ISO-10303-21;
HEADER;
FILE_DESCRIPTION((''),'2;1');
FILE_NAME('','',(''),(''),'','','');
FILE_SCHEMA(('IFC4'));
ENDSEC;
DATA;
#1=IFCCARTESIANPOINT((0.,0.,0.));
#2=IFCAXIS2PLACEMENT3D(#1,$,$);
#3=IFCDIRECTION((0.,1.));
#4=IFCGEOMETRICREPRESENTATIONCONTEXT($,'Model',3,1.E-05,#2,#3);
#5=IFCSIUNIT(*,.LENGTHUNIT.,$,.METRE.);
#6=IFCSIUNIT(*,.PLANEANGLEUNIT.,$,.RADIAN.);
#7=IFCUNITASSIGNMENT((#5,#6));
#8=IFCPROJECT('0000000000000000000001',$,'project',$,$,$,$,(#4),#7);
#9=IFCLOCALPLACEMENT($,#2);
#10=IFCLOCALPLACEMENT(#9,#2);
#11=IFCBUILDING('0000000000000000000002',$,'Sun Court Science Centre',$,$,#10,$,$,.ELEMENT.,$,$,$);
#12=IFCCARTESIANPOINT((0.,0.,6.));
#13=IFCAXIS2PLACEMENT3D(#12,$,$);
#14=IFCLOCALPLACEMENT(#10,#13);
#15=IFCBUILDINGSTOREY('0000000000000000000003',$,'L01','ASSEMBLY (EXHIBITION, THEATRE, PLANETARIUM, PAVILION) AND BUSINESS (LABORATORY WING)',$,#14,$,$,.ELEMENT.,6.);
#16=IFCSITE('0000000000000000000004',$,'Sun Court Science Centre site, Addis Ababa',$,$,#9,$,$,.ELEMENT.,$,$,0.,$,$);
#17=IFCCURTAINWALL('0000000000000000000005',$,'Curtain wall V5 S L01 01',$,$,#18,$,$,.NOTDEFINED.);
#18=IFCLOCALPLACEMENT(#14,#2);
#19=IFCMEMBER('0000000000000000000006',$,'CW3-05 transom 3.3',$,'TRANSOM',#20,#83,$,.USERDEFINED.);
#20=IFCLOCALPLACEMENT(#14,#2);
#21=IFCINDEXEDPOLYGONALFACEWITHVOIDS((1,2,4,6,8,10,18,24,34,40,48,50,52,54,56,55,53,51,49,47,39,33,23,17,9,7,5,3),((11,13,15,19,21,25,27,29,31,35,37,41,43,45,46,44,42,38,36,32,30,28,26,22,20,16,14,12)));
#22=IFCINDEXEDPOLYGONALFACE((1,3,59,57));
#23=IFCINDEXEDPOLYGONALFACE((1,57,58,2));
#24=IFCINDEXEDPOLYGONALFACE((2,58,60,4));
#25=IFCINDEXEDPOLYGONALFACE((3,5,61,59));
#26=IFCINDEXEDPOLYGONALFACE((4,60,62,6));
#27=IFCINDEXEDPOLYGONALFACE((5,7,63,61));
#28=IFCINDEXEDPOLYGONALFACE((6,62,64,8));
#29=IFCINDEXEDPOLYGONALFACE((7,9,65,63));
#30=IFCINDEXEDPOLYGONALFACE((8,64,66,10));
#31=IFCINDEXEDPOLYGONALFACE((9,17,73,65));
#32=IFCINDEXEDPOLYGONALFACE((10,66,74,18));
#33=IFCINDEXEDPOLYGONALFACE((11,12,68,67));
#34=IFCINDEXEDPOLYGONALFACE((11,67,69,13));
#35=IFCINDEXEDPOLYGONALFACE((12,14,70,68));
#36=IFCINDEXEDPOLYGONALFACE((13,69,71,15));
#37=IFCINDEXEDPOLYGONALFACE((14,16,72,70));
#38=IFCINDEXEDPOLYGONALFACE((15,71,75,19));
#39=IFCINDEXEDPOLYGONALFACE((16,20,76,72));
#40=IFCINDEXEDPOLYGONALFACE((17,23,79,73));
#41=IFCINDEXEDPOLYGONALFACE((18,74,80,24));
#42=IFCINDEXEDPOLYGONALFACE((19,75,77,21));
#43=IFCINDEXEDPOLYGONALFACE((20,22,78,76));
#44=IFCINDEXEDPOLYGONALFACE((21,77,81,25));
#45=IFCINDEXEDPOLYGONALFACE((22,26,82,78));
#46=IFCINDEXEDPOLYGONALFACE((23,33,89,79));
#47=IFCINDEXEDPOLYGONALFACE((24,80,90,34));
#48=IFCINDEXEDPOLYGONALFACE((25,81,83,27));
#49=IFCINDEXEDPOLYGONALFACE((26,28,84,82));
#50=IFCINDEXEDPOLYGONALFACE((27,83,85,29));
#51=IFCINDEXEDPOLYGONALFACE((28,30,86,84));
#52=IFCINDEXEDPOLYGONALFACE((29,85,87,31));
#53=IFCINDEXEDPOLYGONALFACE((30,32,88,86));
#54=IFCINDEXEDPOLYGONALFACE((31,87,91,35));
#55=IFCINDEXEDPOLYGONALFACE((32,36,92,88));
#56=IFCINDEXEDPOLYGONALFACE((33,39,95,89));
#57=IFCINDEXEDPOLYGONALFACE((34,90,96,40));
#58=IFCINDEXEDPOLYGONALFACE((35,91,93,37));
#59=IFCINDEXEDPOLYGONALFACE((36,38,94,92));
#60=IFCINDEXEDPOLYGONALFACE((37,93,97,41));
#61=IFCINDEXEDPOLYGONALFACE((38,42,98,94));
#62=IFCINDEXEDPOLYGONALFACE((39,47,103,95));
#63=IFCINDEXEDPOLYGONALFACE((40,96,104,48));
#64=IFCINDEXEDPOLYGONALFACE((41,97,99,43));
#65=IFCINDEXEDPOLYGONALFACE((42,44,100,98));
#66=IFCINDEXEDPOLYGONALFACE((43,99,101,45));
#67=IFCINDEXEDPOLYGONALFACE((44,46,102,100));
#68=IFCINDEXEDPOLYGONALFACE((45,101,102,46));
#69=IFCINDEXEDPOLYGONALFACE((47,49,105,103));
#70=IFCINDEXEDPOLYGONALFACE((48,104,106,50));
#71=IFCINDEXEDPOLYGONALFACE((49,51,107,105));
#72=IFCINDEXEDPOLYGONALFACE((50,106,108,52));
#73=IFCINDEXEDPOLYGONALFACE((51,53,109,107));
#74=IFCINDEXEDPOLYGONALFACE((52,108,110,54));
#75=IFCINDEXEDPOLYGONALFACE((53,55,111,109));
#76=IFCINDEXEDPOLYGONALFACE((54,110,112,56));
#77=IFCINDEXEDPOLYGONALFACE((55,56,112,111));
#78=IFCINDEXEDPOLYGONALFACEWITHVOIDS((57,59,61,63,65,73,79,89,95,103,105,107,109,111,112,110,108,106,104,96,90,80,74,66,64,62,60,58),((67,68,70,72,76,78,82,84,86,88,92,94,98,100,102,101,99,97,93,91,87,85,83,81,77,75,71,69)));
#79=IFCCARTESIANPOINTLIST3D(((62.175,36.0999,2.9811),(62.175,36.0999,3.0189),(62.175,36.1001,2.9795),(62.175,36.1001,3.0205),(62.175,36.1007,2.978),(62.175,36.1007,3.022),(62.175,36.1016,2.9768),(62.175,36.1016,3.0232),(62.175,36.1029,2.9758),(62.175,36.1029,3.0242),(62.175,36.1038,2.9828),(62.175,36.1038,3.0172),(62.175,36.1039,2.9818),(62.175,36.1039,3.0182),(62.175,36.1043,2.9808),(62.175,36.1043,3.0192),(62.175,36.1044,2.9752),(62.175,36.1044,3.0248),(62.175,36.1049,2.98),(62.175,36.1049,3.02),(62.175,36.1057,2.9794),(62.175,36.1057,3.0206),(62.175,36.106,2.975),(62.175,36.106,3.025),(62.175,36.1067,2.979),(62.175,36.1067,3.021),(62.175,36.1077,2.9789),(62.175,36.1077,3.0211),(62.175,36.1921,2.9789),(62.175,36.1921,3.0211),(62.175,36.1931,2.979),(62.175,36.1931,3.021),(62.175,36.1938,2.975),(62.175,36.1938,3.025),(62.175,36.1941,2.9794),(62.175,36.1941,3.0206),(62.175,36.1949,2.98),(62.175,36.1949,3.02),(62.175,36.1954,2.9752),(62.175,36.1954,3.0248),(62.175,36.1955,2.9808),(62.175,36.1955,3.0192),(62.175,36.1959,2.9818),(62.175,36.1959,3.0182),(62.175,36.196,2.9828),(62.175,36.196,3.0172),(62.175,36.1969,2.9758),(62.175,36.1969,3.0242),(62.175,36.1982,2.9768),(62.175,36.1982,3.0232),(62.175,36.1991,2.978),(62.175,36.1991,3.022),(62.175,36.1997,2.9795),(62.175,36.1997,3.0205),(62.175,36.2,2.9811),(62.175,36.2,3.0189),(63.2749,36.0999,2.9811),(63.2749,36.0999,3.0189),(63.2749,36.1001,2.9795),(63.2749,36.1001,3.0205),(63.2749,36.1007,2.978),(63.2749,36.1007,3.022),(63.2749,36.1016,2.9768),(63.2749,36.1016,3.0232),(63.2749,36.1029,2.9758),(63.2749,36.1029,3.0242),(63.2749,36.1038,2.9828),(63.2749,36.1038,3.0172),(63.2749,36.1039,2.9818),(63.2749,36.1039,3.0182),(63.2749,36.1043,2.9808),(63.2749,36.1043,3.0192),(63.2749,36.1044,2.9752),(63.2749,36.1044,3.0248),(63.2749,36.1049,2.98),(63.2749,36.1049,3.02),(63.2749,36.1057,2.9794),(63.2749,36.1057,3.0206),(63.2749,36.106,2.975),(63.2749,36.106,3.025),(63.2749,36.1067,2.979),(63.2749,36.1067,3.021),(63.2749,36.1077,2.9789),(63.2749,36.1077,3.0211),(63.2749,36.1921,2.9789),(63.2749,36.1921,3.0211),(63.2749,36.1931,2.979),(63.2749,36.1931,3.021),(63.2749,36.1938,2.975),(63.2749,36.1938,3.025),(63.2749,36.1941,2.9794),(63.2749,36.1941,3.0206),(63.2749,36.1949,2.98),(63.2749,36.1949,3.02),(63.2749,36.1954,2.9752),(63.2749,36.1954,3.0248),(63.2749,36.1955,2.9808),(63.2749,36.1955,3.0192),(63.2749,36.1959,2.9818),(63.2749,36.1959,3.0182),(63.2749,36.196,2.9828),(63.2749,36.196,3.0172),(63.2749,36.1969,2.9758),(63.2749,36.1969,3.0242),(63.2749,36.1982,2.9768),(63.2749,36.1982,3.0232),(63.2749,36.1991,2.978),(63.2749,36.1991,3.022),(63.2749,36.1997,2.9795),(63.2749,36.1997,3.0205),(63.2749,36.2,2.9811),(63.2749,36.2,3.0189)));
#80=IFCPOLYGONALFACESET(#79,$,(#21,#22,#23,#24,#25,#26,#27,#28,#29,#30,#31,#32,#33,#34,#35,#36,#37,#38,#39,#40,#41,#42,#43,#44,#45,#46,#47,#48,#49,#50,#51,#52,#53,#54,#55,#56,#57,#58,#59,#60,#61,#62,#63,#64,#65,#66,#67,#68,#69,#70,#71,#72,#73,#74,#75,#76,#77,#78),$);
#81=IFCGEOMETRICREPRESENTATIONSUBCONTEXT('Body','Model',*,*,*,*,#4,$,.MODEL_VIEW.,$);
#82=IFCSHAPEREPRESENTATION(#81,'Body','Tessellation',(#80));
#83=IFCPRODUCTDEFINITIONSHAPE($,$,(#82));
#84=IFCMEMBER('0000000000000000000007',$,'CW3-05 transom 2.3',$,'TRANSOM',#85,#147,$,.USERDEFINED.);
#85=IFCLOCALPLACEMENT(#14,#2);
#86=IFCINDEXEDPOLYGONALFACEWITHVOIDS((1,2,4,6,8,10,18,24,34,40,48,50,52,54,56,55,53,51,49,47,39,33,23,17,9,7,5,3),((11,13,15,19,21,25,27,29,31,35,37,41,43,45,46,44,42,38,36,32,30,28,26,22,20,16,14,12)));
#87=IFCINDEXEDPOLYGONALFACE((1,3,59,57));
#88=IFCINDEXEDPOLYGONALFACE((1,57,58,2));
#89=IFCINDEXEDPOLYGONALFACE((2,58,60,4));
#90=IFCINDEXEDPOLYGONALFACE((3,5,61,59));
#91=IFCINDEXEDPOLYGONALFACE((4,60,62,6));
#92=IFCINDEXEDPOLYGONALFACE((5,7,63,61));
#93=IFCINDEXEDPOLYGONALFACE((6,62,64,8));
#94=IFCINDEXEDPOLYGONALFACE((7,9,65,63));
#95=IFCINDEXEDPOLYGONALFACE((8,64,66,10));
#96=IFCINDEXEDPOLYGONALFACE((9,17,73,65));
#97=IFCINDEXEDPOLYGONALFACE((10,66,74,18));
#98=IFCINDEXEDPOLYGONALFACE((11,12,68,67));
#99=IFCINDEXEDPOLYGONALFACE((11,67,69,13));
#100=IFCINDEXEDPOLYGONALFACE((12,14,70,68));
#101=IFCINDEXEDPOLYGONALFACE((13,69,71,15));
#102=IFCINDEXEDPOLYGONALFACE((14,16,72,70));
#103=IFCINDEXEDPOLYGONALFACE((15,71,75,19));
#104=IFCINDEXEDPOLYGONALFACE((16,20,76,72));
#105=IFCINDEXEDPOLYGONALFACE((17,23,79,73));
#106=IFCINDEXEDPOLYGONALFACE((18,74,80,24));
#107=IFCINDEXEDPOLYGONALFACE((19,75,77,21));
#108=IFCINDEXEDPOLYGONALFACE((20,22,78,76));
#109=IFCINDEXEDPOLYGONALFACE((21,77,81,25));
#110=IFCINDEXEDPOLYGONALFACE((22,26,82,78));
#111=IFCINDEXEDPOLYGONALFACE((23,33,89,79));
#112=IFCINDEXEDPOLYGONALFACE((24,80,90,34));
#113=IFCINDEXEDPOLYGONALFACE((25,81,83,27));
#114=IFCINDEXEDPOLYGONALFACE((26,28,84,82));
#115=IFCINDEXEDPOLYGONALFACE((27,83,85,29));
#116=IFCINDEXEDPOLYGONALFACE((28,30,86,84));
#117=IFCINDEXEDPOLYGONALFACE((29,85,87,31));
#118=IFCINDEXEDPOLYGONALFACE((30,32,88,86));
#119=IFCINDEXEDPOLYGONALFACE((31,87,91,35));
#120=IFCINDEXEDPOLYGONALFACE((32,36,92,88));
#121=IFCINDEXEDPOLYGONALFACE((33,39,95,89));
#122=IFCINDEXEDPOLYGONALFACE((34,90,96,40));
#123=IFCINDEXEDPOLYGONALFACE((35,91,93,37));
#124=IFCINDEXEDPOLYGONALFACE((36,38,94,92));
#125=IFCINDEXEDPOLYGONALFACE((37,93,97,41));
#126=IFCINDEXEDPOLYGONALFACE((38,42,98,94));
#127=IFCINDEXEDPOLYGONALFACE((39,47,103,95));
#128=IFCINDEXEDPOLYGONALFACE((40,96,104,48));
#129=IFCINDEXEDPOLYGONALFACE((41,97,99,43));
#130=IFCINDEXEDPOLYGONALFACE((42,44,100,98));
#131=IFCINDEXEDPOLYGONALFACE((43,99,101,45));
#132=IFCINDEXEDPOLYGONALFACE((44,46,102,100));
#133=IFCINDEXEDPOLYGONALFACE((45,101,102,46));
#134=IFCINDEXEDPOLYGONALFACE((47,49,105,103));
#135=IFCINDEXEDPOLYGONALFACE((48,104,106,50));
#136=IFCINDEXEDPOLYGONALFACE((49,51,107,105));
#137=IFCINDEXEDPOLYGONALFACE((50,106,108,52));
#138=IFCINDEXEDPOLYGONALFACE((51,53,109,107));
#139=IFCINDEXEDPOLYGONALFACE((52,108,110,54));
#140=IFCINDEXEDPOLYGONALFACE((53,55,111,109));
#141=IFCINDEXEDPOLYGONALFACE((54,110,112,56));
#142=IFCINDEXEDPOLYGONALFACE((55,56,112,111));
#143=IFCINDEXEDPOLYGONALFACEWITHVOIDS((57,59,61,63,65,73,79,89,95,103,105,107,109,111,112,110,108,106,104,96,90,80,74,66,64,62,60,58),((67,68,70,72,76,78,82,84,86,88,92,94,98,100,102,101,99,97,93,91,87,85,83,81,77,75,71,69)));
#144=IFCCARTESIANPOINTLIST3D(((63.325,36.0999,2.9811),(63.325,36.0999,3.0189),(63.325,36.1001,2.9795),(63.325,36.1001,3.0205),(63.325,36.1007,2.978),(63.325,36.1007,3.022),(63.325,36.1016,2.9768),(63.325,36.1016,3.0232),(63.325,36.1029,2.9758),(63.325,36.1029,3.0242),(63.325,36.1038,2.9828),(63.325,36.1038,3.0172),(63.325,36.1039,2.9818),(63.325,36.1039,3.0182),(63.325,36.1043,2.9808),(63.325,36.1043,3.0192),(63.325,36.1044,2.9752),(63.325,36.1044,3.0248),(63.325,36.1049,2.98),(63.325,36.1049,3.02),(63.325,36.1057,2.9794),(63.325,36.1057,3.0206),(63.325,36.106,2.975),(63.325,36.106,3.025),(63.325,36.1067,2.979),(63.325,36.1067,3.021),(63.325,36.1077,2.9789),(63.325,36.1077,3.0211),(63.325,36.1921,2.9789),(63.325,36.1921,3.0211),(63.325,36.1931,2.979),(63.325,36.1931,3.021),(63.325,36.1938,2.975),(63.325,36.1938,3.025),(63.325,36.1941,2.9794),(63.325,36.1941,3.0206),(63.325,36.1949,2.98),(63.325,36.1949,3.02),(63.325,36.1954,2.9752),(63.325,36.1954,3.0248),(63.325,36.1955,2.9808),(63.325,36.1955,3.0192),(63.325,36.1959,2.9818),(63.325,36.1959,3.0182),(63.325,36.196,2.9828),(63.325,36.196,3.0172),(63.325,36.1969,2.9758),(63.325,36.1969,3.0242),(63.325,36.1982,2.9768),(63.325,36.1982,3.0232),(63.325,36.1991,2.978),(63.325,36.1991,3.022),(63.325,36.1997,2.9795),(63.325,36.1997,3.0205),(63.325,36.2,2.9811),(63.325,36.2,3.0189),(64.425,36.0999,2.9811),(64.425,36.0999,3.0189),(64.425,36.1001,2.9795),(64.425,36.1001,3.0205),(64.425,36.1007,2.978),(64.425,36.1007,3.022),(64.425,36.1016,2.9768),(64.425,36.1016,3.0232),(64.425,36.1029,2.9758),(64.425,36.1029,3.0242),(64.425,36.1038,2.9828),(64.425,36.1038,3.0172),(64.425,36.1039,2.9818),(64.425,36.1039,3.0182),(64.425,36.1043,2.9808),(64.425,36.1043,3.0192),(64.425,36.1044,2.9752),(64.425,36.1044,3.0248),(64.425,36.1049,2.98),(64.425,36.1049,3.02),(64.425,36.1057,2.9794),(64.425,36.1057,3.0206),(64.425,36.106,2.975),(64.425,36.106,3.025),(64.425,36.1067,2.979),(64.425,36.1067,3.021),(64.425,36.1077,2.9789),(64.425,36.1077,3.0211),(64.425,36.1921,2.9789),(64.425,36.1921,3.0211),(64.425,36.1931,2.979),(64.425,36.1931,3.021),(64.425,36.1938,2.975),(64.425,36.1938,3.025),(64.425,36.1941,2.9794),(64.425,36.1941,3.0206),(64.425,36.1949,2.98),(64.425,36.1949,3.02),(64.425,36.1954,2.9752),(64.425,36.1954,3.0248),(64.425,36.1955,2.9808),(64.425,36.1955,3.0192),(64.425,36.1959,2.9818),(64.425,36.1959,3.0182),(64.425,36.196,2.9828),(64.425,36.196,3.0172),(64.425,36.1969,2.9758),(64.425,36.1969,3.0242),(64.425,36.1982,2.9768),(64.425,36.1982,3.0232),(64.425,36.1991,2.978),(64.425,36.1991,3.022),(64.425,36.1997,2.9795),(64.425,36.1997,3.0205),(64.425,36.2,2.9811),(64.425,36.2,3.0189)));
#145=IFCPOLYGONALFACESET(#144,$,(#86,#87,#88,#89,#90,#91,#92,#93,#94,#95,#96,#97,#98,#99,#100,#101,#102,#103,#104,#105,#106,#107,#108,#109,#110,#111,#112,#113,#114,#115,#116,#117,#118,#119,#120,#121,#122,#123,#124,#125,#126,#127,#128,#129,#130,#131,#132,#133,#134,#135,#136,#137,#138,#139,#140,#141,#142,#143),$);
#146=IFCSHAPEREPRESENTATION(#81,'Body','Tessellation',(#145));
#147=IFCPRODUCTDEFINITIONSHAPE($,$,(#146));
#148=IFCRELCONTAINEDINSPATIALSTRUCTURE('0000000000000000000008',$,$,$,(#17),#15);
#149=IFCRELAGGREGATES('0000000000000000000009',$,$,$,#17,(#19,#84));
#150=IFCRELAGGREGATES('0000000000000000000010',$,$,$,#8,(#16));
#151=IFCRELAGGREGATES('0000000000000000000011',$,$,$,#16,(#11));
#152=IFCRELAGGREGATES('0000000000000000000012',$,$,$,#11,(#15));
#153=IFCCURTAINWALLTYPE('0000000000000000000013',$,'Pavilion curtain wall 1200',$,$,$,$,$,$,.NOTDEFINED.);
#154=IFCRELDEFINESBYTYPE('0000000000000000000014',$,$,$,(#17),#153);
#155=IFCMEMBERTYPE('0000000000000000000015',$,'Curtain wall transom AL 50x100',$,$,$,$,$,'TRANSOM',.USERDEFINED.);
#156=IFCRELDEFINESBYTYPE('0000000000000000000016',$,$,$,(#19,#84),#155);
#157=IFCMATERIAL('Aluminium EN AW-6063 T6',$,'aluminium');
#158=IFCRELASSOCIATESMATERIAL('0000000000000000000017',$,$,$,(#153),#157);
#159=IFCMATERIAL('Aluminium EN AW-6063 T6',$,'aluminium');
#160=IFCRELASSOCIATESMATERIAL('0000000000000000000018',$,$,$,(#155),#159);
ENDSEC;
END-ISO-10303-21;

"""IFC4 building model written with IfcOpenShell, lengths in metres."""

from ifc_helpers import new_model, si_unit, direction, frame, origin, origin_2d, place, context, subcontext, project, spatial, hollow_rectangle, extrude, material, material_profile, profile_set, type_object, element, aggregate, save


model = new_model("IFC4")

# Units and contexts
model_context = context("Model", 3, precision=1e-05, world=origin(), true_north=direction((0.0, 1.0)))
body_context = subcontext(model_context, "Body", "Model", "MODEL_VIEW")
ifc_project = project(units=[si_unit("LENGTHUNIT", "METRE"), si_unit("PLANEANGLEUNIT", "RADIAN")], contexts=[model_context])

# Site, building, storey
site_placement = place(None, origin())
site = spatial("IfcSite", under=ifc_project, at=site_placement, Name="Sun Court Science Centre site, Addis Ababa", CompositionType="ELEMENT", RefElevation=0.0)
building_placement = place(site_placement, origin())
building = spatial("IfcBuilding", under=site, at=building_placement, Name="Sun Court Science Centre", CompositionType="ELEMENT")
storey_placement = place(building_placement, frame((0.0, 0.0, 6.0)))
storey = spatial("IfcBuildingStorey", under=building, at=storey_placement, Name="L01", Description="ASSEMBLY (EXHIBITION, THEATRE, PLANETARIUM, PAVILION) AND BUSINESS (LABORATORY WING)", CompositionType="ELEMENT", Elevation=6.0)

# Curtain wall, members
ifc_material_1 = material(Name="Aluminium EN AW-6063 T6", Category="aluminium")
curtain_wall_type = type_object("IfcCurtainWallType", Name="Pavilion curtain wall 1200", PredefinedType="NOTDEFINED", material=ifc_material_1)
curtain_wall_placement = place(storey_placement, origin())
curtain_wall = element("IfcCurtainWall", 1, at=curtain_wall_placement, inside=storey, type_object=curtain_wall_type, Name="Curtain wall V5 S L01 01", PredefinedType="NOTDEFINED")
ifc_material_2 = material(Name="Aluminium EN AW-6063 T6", Category="aluminium")
ifc_material_profile_1 = material_profile(ifc_material_2, hollow_rectangle(XDim=0.05, YDim=0.1001, WallThickness=0.0039, InnerFilletRadius=0.0039, OuterFilletRadius=0.0061, at=origin_2d()), Name="AL 50x100x4")
ifc_profile_set_1 = profile_set([ifc_material_profile_1], Name="Aluminium EN AW-6063 T6")
member_type_1 = type_object("IfcMemberType", Name="Curtain wall transom AL 50x100", ElementType="TRANSOM", PredefinedType="USERDEFINED", material=ifc_profile_set_1)
member_1_placement = place(storey_placement, frame((63.2749, 36.1499, 3.0), z_axis=(-1.0, 0.0, 0.0), x_axis=(0.0, 0.0, 1.0)))
member_1 = element("IfcMember", 2, at=member_1_placement, type_object=member_type_1, Name="CW3-05 transom 3.3", ObjectType="TRANSOM", PredefinedType="USERDEFINED", context=body_context, shape_type="SweptSolid", body=[
    extrude(hollow_rectangle(XDim=0.05, YDim=0.1001, WallThickness=0.0039, InnerFilletRadius=0.0039, OuterFilletRadius=0.0061, at=origin_2d()), origin(), (0.0, 0.0, 1.0), 1.0999),
])
member_2_placement = place(storey_placement, frame((64.425, 36.1499, 3.0), z_axis=(-1.0, 0.0, 0.0), x_axis=(0.0, 0.0, 1.0)))
member_2 = element("IfcMember", 3, at=member_2_placement, type_object=member_type_1, Name="CW3-05 transom 2.3", ObjectType="TRANSOM", PredefinedType="USERDEFINED", context=body_context, shape_type="SweptSolid", body=[
    extrude(hollow_rectangle(XDim=0.05, YDim=0.1001, WallThickness=0.0039, InnerFilletRadius=0.0039, OuterFilletRadius=0.0061, at=origin_2d()), origin(), (0.0, 0.0, 1.0), 1.1001),
])

aggregate(curtain_wall, [member_1, member_2])

save(model, "model.ifc")
